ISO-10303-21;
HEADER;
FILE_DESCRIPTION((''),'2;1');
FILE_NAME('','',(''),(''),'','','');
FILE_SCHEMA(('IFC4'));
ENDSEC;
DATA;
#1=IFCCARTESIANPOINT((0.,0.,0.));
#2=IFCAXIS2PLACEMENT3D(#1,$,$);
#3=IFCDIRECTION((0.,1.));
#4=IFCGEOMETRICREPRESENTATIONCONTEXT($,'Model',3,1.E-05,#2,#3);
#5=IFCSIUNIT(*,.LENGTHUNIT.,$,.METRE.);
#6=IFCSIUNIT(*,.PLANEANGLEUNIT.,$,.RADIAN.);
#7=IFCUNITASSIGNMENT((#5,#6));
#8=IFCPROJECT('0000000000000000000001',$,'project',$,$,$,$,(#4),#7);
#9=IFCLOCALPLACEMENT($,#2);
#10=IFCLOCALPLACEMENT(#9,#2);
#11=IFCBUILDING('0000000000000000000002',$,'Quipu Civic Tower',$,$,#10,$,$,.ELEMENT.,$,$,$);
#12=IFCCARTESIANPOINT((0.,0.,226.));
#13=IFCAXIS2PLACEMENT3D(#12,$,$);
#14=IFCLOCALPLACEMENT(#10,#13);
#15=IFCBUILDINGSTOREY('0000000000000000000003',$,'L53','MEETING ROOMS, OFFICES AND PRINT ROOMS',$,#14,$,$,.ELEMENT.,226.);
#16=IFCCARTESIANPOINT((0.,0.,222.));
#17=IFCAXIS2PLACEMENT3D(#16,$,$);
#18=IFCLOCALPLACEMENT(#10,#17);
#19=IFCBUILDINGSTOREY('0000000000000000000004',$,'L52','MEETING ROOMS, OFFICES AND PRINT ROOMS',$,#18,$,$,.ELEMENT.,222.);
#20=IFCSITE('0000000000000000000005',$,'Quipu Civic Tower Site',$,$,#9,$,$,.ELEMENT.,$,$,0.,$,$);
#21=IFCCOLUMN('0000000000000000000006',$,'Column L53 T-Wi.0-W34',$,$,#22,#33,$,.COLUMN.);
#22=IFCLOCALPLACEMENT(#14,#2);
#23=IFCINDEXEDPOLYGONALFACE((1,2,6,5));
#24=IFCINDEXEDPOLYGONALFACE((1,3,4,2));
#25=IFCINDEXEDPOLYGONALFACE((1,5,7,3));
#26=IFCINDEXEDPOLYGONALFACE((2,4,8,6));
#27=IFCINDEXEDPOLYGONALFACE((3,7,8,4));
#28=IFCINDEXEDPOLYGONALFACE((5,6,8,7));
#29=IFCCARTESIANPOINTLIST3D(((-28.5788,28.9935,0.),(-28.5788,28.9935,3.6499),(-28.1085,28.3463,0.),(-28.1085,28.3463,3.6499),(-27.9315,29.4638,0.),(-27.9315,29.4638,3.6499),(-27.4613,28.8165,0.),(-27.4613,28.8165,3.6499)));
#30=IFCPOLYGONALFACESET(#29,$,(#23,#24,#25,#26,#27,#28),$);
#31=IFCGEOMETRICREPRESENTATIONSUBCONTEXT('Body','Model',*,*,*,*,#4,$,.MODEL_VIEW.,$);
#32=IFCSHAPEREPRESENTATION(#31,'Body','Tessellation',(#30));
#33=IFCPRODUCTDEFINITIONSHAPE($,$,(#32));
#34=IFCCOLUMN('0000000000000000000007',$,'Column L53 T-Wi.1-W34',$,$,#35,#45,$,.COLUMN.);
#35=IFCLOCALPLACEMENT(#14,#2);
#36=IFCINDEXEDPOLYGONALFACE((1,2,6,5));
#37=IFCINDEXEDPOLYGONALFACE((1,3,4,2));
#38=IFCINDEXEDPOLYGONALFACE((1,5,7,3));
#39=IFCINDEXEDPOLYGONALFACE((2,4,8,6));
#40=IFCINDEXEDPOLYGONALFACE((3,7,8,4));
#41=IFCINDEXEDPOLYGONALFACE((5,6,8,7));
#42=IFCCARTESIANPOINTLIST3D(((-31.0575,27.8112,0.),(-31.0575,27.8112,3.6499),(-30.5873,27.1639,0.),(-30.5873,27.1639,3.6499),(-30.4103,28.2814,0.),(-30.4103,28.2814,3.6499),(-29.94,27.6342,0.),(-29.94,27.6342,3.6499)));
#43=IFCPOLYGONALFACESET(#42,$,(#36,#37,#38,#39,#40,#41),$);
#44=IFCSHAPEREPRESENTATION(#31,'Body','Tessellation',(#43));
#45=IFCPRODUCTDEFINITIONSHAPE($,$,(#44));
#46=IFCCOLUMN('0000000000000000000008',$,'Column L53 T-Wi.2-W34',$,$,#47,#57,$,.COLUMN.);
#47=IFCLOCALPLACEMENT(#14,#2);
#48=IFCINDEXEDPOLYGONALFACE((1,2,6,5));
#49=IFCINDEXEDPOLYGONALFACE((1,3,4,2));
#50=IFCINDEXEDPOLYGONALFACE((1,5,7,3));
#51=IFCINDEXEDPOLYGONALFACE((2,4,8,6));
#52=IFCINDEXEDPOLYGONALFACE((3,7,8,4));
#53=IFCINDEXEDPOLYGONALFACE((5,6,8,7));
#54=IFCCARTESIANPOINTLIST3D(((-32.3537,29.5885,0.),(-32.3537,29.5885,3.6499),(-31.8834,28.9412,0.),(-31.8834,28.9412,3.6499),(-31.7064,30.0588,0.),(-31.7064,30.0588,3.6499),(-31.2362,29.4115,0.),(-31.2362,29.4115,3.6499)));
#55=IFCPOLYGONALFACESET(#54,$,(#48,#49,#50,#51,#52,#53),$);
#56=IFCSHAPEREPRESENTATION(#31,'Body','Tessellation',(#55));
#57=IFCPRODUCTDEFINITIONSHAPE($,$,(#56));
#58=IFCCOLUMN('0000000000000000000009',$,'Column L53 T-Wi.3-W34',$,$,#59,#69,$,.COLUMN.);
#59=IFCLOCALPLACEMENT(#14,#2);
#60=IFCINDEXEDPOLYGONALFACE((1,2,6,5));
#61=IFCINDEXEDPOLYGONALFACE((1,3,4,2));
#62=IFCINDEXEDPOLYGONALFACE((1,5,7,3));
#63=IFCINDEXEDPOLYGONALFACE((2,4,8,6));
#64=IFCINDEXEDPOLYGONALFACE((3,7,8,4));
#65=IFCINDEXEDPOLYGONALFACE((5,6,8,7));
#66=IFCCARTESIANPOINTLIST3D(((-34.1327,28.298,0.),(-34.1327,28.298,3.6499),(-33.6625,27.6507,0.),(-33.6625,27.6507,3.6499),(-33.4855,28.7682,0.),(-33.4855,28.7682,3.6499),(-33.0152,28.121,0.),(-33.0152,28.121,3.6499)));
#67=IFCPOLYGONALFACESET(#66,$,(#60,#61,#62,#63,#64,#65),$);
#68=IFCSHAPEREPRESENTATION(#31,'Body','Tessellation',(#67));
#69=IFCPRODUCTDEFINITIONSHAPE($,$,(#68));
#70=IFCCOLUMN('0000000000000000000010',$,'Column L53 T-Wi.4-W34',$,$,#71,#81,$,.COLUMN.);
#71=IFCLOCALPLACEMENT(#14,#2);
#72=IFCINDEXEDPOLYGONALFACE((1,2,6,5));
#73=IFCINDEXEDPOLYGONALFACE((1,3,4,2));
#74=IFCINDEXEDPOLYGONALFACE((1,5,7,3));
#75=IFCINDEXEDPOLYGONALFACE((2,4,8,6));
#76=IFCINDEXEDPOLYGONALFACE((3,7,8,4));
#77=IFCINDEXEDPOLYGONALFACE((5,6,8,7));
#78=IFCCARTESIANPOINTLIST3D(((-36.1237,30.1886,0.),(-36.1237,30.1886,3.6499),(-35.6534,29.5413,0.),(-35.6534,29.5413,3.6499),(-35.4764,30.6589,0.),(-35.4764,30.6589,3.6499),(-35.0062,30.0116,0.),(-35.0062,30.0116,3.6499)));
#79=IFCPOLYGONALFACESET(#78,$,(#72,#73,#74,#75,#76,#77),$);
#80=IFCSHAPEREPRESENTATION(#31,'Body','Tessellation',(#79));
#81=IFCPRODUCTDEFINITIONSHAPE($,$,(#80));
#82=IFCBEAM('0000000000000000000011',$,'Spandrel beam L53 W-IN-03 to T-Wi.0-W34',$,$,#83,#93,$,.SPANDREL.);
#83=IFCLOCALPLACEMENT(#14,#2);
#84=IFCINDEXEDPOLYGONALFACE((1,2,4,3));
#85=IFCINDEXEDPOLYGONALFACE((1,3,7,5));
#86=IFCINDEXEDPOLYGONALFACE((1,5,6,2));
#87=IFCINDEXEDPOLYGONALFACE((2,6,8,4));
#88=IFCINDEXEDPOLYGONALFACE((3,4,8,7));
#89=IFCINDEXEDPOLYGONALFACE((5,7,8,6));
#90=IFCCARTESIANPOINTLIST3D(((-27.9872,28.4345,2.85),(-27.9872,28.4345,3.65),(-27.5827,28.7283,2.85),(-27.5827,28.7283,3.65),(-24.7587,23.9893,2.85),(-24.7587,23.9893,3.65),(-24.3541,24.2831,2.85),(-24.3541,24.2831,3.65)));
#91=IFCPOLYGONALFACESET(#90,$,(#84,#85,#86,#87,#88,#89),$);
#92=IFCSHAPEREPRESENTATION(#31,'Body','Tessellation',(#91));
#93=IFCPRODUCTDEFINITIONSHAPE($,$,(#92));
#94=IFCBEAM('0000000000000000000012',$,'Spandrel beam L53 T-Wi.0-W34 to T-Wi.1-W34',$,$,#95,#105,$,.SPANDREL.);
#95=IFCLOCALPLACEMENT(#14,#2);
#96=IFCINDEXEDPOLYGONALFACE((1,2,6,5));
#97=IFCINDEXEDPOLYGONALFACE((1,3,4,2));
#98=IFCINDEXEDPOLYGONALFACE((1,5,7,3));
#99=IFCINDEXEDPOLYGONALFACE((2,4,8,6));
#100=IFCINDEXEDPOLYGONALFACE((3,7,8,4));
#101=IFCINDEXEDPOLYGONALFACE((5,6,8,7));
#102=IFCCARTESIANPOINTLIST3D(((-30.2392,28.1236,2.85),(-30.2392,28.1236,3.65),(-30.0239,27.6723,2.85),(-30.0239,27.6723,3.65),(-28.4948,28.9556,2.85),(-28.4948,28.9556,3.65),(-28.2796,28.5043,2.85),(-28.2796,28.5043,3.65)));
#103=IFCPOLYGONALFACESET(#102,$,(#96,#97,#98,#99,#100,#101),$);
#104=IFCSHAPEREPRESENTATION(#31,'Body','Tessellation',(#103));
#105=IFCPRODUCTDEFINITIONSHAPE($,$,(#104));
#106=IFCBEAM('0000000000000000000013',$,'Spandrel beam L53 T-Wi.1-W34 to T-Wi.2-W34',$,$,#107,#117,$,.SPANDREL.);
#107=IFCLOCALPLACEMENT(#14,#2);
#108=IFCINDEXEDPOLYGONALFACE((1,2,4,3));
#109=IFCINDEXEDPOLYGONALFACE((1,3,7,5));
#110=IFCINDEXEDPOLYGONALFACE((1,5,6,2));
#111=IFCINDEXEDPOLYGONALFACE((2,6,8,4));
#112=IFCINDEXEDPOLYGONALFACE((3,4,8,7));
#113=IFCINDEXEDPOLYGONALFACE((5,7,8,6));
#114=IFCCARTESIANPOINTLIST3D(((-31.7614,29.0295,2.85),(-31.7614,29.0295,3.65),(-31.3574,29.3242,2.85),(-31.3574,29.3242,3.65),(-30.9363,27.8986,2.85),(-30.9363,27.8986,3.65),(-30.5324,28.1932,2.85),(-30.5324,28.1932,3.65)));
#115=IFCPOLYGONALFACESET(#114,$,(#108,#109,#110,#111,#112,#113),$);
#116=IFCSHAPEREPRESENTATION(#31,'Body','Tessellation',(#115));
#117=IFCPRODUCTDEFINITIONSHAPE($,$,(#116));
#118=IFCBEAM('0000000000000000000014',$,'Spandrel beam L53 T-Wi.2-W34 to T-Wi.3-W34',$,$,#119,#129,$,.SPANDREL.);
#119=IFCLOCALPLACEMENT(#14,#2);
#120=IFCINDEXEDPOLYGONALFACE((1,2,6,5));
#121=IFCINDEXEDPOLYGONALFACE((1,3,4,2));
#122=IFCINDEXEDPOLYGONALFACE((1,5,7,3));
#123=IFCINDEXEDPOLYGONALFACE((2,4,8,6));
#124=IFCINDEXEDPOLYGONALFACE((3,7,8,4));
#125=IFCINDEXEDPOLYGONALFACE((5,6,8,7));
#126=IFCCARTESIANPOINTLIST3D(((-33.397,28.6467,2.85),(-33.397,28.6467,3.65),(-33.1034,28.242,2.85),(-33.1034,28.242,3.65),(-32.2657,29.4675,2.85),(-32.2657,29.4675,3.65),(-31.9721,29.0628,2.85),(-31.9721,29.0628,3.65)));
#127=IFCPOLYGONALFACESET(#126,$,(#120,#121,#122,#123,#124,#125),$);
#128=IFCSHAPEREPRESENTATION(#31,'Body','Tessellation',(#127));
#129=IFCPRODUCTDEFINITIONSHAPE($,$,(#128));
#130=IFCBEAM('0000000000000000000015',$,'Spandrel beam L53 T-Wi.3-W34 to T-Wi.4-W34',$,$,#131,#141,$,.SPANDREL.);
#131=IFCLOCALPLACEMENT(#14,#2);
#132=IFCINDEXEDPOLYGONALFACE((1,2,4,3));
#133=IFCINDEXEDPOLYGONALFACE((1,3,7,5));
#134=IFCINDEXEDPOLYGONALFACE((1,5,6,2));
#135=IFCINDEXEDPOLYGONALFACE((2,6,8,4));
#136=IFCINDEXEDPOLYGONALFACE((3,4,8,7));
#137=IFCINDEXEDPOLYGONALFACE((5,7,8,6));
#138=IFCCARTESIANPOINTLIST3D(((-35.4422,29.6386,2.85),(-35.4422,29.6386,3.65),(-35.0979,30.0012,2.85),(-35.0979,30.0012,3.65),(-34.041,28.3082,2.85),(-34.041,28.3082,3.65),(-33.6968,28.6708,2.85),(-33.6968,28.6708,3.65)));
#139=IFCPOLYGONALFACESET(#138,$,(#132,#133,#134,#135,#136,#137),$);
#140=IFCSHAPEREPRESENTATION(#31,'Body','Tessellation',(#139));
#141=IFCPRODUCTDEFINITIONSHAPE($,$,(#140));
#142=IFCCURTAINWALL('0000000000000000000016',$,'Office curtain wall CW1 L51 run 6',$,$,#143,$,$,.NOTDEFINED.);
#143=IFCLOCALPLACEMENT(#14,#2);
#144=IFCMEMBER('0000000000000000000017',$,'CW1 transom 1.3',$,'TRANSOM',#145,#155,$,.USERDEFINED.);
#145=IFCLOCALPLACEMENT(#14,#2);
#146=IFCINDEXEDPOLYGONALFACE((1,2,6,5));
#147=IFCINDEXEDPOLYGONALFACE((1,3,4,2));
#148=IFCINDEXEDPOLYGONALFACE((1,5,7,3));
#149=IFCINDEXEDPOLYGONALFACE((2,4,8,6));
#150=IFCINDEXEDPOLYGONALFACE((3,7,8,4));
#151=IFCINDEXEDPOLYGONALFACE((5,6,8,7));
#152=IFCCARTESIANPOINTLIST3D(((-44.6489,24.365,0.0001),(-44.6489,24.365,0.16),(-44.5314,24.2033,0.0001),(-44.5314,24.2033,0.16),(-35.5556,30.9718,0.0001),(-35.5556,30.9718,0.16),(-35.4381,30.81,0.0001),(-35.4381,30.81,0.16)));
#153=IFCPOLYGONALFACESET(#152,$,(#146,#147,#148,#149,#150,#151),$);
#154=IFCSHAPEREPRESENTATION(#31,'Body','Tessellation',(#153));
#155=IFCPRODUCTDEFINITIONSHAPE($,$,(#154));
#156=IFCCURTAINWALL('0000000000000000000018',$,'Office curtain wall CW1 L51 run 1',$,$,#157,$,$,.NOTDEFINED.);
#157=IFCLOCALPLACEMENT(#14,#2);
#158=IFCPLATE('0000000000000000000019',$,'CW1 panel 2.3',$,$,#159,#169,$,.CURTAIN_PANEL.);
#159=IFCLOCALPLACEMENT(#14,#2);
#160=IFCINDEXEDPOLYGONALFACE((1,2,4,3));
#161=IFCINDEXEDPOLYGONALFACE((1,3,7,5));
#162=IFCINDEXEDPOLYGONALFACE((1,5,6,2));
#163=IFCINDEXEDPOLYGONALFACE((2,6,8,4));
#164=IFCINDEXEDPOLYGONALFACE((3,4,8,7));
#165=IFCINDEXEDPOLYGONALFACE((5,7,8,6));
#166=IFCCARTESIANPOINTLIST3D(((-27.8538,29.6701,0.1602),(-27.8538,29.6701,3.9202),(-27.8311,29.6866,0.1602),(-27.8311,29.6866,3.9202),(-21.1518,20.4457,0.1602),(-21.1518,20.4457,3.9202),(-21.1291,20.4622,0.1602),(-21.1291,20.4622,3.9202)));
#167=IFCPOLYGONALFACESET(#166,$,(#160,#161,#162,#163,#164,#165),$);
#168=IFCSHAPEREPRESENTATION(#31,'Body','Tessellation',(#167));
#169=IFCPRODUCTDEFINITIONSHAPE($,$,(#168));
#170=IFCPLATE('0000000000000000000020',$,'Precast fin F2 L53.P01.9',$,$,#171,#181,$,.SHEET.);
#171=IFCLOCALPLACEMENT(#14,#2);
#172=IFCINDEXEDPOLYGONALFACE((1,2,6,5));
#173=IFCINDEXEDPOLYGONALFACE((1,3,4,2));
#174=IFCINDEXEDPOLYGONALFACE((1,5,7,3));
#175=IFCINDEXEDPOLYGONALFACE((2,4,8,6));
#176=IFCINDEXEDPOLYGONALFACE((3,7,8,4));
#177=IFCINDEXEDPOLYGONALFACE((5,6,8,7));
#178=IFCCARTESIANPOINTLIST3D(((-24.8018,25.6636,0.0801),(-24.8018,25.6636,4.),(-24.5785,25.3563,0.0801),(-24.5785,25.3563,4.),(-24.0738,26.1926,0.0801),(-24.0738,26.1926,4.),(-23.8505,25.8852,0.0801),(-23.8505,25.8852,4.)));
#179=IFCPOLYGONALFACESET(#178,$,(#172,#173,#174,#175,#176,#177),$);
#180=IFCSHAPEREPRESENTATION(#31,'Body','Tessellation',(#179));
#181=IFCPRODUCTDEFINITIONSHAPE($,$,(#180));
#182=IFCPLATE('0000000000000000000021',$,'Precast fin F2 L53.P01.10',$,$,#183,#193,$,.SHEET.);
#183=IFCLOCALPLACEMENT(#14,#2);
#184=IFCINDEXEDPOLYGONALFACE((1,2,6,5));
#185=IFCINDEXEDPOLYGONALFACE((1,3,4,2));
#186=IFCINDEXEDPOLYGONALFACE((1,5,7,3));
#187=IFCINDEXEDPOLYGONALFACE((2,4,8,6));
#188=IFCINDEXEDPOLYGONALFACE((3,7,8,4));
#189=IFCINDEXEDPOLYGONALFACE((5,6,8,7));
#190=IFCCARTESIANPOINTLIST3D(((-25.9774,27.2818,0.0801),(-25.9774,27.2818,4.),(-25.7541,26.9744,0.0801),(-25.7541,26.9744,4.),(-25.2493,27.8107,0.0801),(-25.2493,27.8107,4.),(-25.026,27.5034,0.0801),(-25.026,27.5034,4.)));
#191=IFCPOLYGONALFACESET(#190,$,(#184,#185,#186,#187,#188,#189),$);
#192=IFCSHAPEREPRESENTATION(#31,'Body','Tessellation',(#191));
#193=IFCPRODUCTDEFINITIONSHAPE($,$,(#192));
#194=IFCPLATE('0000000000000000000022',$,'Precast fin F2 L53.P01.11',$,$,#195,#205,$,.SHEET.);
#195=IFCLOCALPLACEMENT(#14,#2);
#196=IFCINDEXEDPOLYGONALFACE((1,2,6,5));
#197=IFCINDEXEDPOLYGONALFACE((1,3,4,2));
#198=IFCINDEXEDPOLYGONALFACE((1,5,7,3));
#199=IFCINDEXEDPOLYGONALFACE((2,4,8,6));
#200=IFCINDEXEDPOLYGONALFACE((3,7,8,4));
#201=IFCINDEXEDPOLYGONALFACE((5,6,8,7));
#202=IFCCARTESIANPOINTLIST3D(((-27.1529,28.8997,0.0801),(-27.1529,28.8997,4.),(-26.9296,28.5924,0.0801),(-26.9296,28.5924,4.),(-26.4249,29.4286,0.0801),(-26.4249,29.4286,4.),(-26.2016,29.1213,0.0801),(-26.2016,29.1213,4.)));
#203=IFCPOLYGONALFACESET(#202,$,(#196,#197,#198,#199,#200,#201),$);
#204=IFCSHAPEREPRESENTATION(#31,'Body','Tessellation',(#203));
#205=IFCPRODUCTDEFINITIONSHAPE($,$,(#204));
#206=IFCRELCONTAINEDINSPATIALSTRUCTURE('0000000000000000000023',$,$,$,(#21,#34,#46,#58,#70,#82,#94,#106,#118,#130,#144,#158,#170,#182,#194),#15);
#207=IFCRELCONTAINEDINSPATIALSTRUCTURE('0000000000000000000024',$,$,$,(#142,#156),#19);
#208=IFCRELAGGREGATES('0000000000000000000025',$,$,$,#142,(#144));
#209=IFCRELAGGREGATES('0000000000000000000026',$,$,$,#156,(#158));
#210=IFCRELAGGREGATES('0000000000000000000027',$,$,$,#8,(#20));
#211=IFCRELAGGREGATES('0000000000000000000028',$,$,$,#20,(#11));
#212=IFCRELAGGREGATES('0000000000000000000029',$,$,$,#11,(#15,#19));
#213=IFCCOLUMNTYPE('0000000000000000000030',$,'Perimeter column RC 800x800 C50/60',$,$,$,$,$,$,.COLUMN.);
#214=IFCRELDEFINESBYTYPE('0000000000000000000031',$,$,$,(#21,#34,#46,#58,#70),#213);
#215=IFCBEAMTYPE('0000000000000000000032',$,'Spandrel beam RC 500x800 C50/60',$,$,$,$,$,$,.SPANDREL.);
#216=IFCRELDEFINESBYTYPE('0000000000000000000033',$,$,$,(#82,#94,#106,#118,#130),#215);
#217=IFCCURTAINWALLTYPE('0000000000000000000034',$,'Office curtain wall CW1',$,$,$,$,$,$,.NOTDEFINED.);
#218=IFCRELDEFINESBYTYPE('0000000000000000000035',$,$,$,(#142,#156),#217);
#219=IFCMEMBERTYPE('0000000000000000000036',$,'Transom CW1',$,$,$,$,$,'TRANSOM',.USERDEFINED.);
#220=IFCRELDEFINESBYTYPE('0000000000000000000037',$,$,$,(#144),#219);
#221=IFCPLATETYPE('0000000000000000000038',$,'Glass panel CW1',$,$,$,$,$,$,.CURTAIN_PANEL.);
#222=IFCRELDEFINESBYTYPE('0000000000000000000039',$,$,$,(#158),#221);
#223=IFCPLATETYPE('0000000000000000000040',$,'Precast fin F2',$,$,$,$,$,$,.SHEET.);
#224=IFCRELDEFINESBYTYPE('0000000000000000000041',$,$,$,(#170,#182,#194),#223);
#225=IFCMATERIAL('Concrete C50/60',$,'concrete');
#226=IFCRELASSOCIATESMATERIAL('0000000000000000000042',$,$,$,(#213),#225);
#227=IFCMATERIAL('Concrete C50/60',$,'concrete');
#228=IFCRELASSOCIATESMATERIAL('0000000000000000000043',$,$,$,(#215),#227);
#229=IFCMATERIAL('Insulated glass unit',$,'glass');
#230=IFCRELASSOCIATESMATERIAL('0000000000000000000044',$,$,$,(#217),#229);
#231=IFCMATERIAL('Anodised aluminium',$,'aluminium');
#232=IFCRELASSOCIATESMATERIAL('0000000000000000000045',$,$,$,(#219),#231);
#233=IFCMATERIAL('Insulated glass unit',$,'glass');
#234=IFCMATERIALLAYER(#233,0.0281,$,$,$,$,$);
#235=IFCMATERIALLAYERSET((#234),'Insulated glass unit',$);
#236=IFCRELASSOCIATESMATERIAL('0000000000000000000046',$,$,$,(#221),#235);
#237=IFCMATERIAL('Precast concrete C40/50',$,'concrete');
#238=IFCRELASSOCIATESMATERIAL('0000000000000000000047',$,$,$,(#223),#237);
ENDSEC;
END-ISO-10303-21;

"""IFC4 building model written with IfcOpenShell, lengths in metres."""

from ifc_helpers import new_model, si_unit, direction, frame, origin, origin_2d, place, context, subcontext, project, spatial, rectangle, extrude, material, layer, layer_set, material_profile, profile_set, type_object, element, aggregate, save


model = new_model("IFC4")

# Units and contexts
model_context = context("Model", 3, precision=1e-05, world=origin(), true_north=direction((0.0, 1.0)))
body_context = subcontext(model_context, "Body", "Model", "MODEL_VIEW")
ifc_project = project(units=[si_unit("LENGTHUNIT", "METRE"), si_unit("PLANEANGLEUNIT", "RADIAN")], contexts=[model_context])

# Site, building, storey
site_placement = place(None, origin())
site = spatial("IfcSite", under=ifc_project, at=site_placement, Name="Quipu Civic Tower Site", CompositionType="ELEMENT", RefElevation=0.0)
building_placement = place(site_placement, origin())
building = spatial("IfcBuilding", under=site, at=building_placement, Name="Quipu Civic Tower", CompositionType="ELEMENT")
storey_1_placement = place(building_placement, frame((0.0, 0.0, 226.0)))
storey_1 = spatial("IfcBuildingStorey", under=building, at=storey_1_placement, Name="L53", Description="MEETING ROOMS, OFFICES AND PRINT ROOMS", CompositionType="ELEMENT", Elevation=226.0)

# Columns
ifc_material_1 = material(Name="Concrete C50/60", Category="concrete")
ifc_material_profile_1 = material_profile(ifc_material_1, rectangle(XDim=0.8, YDim=0.8, at=origin_2d()), Name="RC800x800")
ifc_profile_set_1 = profile_set([ifc_material_profile_1], Name="Concrete C50/60")
column_type = type_object("IfcColumnType", Name="Perimeter column RC 800x800 C50/60", PredefinedType="COLUMN", material=ifc_profile_set_1)
for number, where, z_axis, x_axis, name in (
    (1, (-28.02, 28.905, 0.0), (0.0, 0.0, 1.0), (-0.809017, -0.587785, 0.0), "Column L53 T-Wi.0-W34"),
    (2, (-30.4988, 27.7227, 0.0), (0.0, 0.0, 1.0), (-0.809017, -0.587785, 0.0), "Column L53 T-Wi.1-W34"),
    (3, (-31.7949, 29.5, 0.0), (0.0, 0.0, 1.0), (-0.587785, 0.809017, 0.0), "Column L53 T-Wi.2-W34"),
    (4, (-33.574, 28.2095, 0.0), (0.0, 0.0, 1.0), (-0.587785, 0.809017, 0.0), "Column L53 T-Wi.3-W34"),
    (5, (-35.5649, 30.1001, 0.0), (0.0, 0.0, 1.0), (-0.809017, -0.587785, 0.0), "Column L53 T-Wi.4-W34"),
):
    element("IfcColumn", number, at=place(storey_1_placement, frame(where, z_axis=z_axis, x_axis=x_axis)), inside=storey_1, type_object=column_type, Name=name, PredefinedType="COLUMN", context=body_context, shape_type="SweptSolid", body=[
        extrude(rectangle(XDim=0.8, YDim=0.8, at=origin_2d()), origin(), (0.0, 0.0, 1.0), 3.6499),
    ])

# Beams
ifc_material_2 = material(Name="Concrete C50/60", Category="concrete")
ifc_material_profile_2 = material_profile(ifc_material_2, rectangle(XDim=0.5, YDim=0.8, at=origin_2d()), Name="RC500x800")
ifc_profile_set_2 = profile_set([ifc_material_profile_2], Name="Concrete C50/60")
beam_type = type_object("IfcBeamType", Name="Spandrel beam RC 500x800 C50/60", PredefinedType="SPANDREL", material=ifc_profile_set_2)
beam_1_placement = place(storey_1_placement, frame((-24.5564, 24.1362, 3.25), z_axis=(-0.587664, 0.809105, 0.0), x_axis=(-0.809105, -0.587664, 0.0)))
element("IfcBeam", 6, at=beam_1_placement, inside=storey_1, type_object=beam_type, Name="Spandrel beam L53 W-IN-03 to T-Wi.0-W34", PredefinedType="SPANDREL", context=body_context, shape_type="SweptSolid", body=[
    extrude(rectangle(XDim=0.5, YDim=0.8, at=origin_2d()), origin(), (0.0, 0.0, 1.0), 5.4939),
])
beam_2_placement = place(storey_1_placement, frame((-28.3872, 28.73, 3.25), z_axis=(-0.902585, -0.430512, 0.0), x_axis=(0.430512, -0.902585, 0.0)))
element("IfcBeam", 7, at=beam_2_placement, inside=storey_1, type_object=beam_type, Name="Spandrel beam L53 T-Wi.0-W34 to T-Wi.1-W34", PredefinedType="SPANDREL", context=body_context, shape_type="SweptSolid", body=[
    extrude(rectangle(XDim=0.5, YDim=0.8, at=origin_2d()), origin(), (0.0, 0.0, 1.0), 1.9326),
])
beam_3_placement = place(storey_1_placement, frame((-30.7344, 28.0459, 3.25), z_axis=(-0.589343, 0.807883, 0.0), x_axis=(-0.807883, -0.589343, 0.0)))
element("IfcBeam", 8, at=beam_3_placement, inside=storey_1, type_object=beam_type, Name="Spandrel beam L53 T-Wi.1-W34 to T-Wi.2-W34", PredefinedType="SPANDREL", context=body_context, shape_type="SweptSolid", body=[
    extrude(rectangle(XDim=0.5, YDim=0.8, at=origin_2d()), origin(), (0.0, 0.0, 1.0), 1.3999),
])
beam_4_placement = place(storey_1_placement, frame((-32.1189, 29.2651, 3.25), z_axis=(-0.809415, -0.587237, 0.0), x_axis=(0.587237, -0.809415, 0.0)))
element("IfcBeam", 9, at=beam_4_placement, inside=storey_1, type_object=beam_type, Name="Spandrel beam L53 T-Wi.2-W34 to T-Wi.3-W34", PredefinedType="SPANDREL", context=body_context, shape_type="SweptSolid", body=[
    extrude(rectangle(XDim=0.5, YDim=0.8, at=origin_2d()), origin(), (0.0, 0.0, 1.0), 1.3977),
])
beam_5_placement = place(storey_1_placement, frame((-33.8689, 28.4895, 3.25), z_axis=(-0.725192, 0.688547, 0.0), x_axis=(-0.688547, -0.725192, 0.0)))
element("IfcBeam", 10, at=beam_5_placement, inside=storey_1, type_object=beam_type, Name="Spandrel beam L53 T-Wi.3-W34 to T-Wi.4-W34", PredefinedType="SPANDREL", context=body_context, shape_type="SweptSolid", body=[
    extrude(rectangle(XDim=0.5, YDim=0.8, at=origin_2d()), origin(), (0.0, 0.0, 1.0), 1.9321),
])

# Shared definitions
storey_2_placement = place(building_placement, frame((0.0, 0.0, 222.0)))
storey_2 = spatial("IfcBuildingStorey", under=building, at=storey_2_placement, Name="L52", Description="MEETING ROOMS, OFFICES AND PRINT ROOMS", CompositionType="ELEMENT", Elevation=222.0)

# Curtain wall, member
ifc_material_3 = material(Name="Insulated glass unit", Category="glass")
curtain_wall_type = type_object("IfcCurtainWallType", Name="Office curtain wall CW1", PredefinedType="NOTDEFINED", material=ifc_material_3)
curtain_wall_1_placement = place(storey_2_placement, origin())
curtain_wall_1 = element("IfcCurtainWall", 11, at=curtain_wall_1_placement, inside=storey_2, type_object=curtain_wall_type, Name="Office curtain wall CW1 L51 run 6", PredefinedType="NOTDEFINED")
ifc_material_4 = material(Name="Anodised aluminium", Category="aluminium")
ifc_material_profile_3 = material_profile(ifc_material_4, rectangle(XDim=0.2, YDim=0.1599, at=origin_2d()), Name="RECT 200x160")
ifc_profile_set_3 = profile_set([ifc_material_profile_3], Name="Anodised aluminium")
member_type = type_object("IfcMemberType", Name="Transom CW1", ElementType="TRANSOM", PredefinedType="USERDEFINED", material=ifc_profile_set_3)
member_placement = place(storey_1_placement, frame((-35.4968, 30.8909, 0.0801), z_axis=(-0.809015, -0.587788, 0.0), x_axis=(0.587788, -0.809015, 0.0)))
member = element("IfcMember", 12, at=member_placement, inside=storey_1, type_object=member_type, Name="CW1 transom 1.3", ObjectType="TRANSOM", PredefinedType="USERDEFINED", context=body_context, shape_type="SweptSolid", body=[
    extrude(rectangle(XDim=0.2, YDim=0.1599, at=origin_2d()), origin(), (0.0, 0.0, 1.0), 11.24),
])
aggregate(curtain_wall_1, [member])

# Curtain wall, plate
curtain_wall_2_placement = place(storey_2_placement, origin())
curtain_wall_2 = element("IfcCurtainWall", 13, at=curtain_wall_2_placement, inside=storey_2, type_object=curtain_wall_type, Name="Office curtain wall CW1 L51 run 1", PredefinedType="NOTDEFINED")
ifc_material_5 = material(Name="Insulated glass unit", Category="glass")
ifc_layer_1 = layer(ifc_material_5, 0.0281)
ifc_layer_set_1 = layer_set([ifc_layer_1], Name="Insulated glass unit")
plate_type_1 = type_object("IfcPlateType", Name="Glass panel CW1", PredefinedType="CURTAIN_PANEL", material=ifc_layer_set_1)
plate_placement = place(storey_1_placement, frame((-24.4915, 25.0662, 0.1602), z_axis=(0.0, 0.0, 1.0), x_axis=(-0.587789, 0.809014, 0.0)))
plate = element("IfcPlate", 14, at=plate_placement, inside=storey_1, type_object=plate_type_1, Name="CW1 panel 2.3", PredefinedType="CURTAIN_PANEL", context=body_context, shape_type="SweptSolid", body=[
    extrude(rectangle(XDim=11.4021, YDim=0.0281, at=origin_2d()), origin(), (0.0, 0.0, 1.0), 3.76),
])
aggregate(curtain_wall_2, [plate])

# Plates
ifc_material_6 = material(Name="Precast concrete C40/50", Category="concrete")
plate_type_2 = type_object("IfcPlateType", Name="Precast fin F2", PredefinedType="SHEET", material=ifc_material_6)
for number, where, z_axis, x_axis, name in (
    (15, (-24.3262, 25.7744, 0.0801), (0.0, 0.0, 1.0), (-0.587787, 0.809016, 0.0), "Precast fin F2 L53.P01.9"),
    (16, (-25.5017, 27.3926, 0.0801), (0.0, 0.0, 1.0), (-0.587787, 0.809016, 0.0), "Precast fin F2 L53.P01.10"),
    (17, (-26.6772, 29.0105, 0.0801), (0.0, 0.0, 1.0), (-0.587787, 0.809016, 0.0), "Precast fin F2 L53.P01.11"),
):
    element("IfcPlate", number, at=place(storey_1_placement, frame(where, z_axis=z_axis, x_axis=x_axis)), inside=storey_1, type_object=plate_type_2, Name=name, PredefinedType="SHEET", context=body_context, shape_type="SweptSolid", body=[
        extrude(rectangle(XDim=0.3799, YDim=0.8999, at=origin_2d()), origin(), (0.0, 0.0, 1.0), 3.9199),
    ])

save(model, "model.ifc")
